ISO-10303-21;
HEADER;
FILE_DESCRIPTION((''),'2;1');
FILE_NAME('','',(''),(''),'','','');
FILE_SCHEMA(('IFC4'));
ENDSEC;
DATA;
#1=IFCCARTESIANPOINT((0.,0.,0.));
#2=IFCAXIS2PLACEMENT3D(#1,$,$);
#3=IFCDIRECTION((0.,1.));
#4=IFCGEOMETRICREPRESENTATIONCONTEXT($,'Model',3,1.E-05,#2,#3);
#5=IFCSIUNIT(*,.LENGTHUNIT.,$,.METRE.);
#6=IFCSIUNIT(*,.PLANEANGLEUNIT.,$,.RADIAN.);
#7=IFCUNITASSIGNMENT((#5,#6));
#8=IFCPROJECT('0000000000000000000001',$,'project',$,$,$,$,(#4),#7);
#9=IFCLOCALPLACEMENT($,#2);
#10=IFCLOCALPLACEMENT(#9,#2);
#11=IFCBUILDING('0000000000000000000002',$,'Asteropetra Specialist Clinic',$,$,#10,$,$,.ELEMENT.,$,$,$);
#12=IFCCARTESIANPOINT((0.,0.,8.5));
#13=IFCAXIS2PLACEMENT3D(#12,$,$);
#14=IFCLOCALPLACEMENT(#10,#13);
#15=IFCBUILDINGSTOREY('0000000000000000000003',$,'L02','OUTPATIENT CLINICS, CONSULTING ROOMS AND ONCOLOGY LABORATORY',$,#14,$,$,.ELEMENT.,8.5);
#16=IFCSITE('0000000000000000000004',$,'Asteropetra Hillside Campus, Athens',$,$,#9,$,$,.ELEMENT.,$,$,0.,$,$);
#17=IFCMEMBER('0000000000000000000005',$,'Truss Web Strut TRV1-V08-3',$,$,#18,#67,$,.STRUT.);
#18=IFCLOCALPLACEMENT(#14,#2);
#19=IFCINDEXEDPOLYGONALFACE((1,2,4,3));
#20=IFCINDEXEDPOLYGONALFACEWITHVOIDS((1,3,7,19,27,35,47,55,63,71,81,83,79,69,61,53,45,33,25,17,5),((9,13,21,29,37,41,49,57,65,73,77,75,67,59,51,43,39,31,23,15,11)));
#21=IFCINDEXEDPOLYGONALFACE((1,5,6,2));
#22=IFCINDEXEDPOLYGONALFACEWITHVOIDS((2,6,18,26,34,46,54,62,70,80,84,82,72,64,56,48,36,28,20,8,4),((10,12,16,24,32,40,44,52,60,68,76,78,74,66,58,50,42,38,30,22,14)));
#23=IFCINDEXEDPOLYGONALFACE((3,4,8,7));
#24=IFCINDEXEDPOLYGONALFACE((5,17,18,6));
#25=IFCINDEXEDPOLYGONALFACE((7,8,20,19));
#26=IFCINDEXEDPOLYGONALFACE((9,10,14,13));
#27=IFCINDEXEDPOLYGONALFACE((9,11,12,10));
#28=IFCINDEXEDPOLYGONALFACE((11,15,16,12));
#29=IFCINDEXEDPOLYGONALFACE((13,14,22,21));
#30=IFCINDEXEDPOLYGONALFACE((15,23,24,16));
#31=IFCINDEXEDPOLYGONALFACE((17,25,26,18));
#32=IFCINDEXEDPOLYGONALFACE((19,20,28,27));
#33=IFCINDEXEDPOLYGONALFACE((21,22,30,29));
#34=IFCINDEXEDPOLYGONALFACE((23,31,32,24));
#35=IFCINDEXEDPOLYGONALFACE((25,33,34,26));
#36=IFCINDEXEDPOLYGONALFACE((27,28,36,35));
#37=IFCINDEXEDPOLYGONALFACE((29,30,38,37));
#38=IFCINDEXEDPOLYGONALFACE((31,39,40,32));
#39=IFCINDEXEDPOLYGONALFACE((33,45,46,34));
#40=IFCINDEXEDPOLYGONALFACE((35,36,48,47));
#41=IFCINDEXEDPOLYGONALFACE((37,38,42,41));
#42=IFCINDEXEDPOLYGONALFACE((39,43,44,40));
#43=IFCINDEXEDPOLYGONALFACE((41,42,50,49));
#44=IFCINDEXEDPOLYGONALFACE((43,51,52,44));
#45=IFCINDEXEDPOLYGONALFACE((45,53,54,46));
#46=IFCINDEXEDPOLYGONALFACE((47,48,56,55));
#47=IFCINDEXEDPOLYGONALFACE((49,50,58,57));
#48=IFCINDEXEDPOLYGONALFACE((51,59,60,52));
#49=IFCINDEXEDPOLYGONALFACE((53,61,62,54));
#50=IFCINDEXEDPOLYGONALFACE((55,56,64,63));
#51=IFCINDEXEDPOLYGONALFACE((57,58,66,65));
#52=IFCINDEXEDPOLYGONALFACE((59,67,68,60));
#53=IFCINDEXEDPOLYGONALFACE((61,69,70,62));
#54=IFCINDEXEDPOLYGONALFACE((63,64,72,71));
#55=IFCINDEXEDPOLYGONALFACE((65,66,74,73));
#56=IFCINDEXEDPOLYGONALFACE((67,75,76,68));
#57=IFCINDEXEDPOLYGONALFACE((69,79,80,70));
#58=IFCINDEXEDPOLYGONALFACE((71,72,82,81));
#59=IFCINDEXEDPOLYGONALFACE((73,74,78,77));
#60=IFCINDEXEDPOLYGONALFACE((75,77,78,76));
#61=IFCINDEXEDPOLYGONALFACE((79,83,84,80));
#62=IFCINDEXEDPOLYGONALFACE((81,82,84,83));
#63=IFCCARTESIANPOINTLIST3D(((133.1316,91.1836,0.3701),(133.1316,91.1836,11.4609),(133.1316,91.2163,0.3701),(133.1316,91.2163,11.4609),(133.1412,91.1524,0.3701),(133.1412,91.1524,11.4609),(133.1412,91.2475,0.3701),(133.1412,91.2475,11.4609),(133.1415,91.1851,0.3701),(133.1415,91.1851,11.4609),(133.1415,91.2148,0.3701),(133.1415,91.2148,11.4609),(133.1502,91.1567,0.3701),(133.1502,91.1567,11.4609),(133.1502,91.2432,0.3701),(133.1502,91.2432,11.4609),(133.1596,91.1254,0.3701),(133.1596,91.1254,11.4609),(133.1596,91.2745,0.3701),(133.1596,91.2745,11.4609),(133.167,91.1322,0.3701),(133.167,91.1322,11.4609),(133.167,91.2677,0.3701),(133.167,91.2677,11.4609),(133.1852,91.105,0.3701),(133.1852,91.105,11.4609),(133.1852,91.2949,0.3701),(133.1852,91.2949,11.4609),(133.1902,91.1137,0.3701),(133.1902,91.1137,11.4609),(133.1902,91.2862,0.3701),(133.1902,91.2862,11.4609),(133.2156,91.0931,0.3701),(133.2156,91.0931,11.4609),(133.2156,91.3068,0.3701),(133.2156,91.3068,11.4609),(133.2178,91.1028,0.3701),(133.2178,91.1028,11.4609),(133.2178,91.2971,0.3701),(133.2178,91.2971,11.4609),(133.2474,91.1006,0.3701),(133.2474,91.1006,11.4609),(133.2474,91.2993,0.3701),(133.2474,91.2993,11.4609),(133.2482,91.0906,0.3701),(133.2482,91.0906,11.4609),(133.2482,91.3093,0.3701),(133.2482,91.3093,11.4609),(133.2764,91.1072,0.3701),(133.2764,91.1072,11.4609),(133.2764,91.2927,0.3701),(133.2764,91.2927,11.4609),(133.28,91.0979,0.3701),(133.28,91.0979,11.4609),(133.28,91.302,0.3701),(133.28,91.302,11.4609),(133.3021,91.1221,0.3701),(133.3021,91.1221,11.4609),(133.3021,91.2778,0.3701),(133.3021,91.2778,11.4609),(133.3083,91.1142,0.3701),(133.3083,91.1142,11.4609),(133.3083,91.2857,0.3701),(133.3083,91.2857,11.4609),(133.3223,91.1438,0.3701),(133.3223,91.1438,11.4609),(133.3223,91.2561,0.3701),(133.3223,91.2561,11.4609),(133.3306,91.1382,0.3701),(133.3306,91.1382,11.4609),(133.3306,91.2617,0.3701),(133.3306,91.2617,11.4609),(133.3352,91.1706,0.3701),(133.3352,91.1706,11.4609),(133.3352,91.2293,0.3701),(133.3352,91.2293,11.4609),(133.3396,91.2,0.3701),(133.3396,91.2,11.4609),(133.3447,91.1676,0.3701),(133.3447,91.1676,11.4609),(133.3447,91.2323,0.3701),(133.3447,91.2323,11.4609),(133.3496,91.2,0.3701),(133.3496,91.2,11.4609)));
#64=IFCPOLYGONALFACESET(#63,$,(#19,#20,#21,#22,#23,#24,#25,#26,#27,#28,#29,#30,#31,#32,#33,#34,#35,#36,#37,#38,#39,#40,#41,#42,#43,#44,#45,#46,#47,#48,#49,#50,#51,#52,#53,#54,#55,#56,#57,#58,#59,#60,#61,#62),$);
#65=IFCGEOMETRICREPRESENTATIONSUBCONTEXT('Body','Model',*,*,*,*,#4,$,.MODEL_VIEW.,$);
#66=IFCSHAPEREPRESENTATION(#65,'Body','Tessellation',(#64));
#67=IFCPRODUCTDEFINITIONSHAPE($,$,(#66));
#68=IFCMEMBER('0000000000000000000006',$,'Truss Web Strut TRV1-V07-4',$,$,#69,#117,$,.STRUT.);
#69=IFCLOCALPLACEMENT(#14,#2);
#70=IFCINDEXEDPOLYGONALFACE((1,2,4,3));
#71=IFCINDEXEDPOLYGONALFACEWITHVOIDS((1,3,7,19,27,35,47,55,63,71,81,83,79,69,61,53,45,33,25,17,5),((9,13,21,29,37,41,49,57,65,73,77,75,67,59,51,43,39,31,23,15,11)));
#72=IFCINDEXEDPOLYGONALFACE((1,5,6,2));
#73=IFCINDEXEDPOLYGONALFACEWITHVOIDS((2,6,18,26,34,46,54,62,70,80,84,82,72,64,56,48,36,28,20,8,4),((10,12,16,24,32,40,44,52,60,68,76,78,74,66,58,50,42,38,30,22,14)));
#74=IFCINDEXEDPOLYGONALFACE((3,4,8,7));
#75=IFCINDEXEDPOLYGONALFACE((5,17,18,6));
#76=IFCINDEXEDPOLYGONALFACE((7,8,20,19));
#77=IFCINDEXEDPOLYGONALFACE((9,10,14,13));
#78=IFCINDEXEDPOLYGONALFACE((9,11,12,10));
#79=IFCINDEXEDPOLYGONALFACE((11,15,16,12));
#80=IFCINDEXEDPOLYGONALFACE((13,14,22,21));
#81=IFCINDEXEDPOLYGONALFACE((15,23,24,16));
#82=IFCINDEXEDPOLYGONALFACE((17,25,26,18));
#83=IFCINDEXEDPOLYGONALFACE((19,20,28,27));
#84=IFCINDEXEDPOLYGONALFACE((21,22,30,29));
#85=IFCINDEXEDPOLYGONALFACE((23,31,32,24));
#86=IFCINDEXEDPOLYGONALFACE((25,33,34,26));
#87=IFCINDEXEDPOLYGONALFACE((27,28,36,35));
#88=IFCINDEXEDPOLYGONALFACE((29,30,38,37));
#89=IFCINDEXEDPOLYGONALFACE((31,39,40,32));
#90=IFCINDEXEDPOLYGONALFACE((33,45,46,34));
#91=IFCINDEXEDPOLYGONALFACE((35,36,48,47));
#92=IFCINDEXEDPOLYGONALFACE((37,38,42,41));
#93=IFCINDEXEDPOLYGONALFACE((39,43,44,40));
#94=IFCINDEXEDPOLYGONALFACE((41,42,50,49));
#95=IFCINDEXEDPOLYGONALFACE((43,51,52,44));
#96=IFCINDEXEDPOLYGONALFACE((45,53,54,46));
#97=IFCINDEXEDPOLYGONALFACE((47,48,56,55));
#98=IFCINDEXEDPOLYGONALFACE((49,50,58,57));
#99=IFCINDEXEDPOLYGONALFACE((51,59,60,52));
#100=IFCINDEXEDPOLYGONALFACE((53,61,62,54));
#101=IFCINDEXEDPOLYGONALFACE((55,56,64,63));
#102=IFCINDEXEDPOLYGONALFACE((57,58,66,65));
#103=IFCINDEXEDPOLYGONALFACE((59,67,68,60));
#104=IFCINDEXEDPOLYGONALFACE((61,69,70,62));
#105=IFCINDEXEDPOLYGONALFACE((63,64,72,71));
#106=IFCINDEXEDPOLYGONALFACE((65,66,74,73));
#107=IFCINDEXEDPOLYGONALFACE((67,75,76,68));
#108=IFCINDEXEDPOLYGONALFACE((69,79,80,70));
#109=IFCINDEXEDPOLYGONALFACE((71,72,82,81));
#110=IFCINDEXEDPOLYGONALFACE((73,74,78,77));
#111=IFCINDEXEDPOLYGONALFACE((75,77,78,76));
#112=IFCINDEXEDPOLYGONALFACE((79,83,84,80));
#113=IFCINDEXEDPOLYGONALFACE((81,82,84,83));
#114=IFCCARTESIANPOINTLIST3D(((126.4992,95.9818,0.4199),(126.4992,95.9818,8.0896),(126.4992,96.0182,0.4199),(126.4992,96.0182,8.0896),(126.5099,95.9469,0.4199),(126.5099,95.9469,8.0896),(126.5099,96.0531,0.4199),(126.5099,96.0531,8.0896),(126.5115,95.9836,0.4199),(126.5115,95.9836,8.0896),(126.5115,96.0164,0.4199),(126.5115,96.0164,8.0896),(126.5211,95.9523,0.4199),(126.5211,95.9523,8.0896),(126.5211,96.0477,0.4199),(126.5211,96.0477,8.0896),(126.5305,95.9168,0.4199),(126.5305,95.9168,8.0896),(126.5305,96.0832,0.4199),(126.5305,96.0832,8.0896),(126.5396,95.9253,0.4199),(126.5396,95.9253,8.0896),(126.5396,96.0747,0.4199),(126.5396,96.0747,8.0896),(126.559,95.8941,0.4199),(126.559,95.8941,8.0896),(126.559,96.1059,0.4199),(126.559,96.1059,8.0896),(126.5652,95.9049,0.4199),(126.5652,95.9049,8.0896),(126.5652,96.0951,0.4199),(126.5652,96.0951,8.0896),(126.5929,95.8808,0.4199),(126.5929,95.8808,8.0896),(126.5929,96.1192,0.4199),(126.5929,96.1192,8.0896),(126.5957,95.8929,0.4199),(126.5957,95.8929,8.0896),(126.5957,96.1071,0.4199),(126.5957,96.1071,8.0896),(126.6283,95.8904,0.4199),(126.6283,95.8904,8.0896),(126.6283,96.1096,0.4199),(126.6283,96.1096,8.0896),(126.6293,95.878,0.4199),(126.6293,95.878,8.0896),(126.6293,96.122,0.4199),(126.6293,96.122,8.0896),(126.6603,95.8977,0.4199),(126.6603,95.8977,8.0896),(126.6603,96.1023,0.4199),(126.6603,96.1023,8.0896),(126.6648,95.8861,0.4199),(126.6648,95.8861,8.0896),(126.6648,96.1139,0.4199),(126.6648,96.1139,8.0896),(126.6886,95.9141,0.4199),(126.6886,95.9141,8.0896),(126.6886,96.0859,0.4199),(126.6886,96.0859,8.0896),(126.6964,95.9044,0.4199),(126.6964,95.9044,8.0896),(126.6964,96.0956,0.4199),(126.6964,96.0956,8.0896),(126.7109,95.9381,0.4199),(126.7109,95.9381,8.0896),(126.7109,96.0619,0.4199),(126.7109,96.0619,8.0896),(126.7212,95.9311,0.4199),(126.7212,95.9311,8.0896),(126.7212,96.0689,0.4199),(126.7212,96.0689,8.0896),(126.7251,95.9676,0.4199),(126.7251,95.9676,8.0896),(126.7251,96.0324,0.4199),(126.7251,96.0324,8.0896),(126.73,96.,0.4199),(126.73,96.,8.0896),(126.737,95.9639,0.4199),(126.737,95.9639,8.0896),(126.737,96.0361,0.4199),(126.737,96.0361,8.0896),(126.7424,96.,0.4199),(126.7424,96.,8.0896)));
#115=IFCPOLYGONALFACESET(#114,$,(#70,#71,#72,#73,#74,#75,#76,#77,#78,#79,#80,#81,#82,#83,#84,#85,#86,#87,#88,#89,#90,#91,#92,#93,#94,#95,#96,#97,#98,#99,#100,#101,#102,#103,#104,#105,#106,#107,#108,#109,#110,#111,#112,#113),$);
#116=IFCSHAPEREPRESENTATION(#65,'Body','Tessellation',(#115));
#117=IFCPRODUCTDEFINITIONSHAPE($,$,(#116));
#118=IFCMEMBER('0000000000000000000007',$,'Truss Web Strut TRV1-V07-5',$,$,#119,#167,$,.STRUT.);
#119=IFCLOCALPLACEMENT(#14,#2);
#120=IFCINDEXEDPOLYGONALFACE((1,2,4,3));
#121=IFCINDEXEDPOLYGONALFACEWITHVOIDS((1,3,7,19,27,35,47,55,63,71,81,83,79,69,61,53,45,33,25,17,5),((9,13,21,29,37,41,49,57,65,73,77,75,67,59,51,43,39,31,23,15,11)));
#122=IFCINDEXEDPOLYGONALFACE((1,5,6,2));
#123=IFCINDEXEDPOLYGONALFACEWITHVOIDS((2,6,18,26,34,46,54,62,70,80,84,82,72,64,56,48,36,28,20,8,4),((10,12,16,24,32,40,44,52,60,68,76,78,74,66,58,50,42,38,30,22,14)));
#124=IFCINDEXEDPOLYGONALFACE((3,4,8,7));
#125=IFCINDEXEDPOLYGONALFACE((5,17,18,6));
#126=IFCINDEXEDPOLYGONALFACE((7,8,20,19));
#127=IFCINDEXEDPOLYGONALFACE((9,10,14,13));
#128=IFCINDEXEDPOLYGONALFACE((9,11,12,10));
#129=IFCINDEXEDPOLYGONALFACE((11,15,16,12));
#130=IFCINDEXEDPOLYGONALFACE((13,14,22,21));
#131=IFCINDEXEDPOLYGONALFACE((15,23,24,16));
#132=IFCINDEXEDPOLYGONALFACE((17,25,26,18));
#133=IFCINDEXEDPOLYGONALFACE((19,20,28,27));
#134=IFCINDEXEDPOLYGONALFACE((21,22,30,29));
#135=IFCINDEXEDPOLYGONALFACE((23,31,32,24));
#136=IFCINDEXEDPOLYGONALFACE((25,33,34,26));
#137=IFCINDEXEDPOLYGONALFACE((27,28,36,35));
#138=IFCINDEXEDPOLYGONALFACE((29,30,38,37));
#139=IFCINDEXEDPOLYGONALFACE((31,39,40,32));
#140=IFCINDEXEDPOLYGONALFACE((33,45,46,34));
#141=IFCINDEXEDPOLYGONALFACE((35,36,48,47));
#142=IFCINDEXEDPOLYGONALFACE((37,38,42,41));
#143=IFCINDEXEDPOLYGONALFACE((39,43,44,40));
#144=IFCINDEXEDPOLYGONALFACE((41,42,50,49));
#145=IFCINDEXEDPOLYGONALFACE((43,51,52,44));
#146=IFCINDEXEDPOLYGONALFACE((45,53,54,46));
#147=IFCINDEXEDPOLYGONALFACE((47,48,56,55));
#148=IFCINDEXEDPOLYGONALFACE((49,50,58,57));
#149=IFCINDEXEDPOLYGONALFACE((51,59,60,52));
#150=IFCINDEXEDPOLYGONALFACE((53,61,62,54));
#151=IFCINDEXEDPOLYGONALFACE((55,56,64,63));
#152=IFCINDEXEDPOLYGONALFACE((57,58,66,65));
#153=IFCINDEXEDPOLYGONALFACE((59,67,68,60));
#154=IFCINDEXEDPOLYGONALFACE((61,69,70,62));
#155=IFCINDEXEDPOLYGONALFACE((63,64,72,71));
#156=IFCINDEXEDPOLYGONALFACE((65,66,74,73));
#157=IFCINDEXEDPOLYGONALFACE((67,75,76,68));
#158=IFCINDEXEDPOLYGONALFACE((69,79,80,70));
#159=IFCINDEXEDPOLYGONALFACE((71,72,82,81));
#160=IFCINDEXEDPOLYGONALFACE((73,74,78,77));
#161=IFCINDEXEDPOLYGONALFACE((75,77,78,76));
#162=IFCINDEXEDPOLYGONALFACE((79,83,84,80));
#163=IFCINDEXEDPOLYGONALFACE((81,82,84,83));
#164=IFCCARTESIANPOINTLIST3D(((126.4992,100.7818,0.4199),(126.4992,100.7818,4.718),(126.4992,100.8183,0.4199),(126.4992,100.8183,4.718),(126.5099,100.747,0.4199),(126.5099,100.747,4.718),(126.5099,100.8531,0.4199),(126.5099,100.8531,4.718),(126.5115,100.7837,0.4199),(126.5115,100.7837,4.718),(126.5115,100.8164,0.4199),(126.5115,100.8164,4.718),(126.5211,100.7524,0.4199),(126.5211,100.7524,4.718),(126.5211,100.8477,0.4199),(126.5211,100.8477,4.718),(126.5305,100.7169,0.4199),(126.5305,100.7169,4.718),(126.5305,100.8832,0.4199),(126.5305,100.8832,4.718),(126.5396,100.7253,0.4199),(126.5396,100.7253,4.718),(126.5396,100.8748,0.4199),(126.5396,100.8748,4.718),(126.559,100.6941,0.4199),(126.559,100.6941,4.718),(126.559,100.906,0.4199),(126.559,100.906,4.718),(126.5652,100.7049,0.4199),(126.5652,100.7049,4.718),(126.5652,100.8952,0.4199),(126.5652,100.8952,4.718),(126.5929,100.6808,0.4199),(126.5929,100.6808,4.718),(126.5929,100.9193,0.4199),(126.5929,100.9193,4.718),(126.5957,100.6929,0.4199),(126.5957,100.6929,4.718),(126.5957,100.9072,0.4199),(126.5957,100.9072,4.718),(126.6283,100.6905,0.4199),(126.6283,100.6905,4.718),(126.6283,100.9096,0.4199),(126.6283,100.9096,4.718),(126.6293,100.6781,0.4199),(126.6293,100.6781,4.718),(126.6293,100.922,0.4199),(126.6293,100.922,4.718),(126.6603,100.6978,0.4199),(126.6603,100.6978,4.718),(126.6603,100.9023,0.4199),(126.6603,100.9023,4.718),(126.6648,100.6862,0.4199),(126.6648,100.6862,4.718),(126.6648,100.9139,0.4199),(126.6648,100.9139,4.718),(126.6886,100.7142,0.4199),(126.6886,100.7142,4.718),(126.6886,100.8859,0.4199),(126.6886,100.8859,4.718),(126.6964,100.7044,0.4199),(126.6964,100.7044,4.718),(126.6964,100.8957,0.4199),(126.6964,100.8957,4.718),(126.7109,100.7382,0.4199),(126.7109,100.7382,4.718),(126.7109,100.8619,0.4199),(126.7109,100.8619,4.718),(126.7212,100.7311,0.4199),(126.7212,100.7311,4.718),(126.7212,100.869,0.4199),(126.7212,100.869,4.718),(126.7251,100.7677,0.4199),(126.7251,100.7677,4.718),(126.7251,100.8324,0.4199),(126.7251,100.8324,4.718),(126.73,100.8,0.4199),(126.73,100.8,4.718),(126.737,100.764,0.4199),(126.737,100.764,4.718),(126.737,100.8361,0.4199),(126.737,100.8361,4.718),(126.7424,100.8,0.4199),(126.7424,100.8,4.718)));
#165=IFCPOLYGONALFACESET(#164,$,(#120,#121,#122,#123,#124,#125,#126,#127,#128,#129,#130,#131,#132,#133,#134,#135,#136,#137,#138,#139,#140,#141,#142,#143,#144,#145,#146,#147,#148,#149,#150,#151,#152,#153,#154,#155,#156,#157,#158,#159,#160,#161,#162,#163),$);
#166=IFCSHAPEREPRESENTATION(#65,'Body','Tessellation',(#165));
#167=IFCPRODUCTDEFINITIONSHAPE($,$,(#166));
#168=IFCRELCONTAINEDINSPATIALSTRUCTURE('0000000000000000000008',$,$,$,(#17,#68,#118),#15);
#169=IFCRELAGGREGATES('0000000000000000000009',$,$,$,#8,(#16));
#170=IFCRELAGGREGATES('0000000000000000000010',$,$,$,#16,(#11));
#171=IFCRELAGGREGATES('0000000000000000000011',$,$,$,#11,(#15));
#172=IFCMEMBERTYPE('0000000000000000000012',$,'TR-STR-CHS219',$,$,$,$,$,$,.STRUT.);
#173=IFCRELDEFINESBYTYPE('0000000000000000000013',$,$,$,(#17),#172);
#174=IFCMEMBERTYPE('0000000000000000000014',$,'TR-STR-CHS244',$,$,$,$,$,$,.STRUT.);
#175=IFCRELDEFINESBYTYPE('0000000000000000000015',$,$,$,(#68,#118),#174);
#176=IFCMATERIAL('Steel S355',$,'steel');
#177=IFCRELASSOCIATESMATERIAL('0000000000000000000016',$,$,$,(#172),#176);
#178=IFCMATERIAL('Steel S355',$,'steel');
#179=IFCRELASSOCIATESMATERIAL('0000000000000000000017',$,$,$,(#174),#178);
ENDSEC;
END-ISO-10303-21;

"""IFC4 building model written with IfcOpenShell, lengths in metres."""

from ifc_helpers import new_model, si_unit, direction, frame, origin, origin_2d, place, context, subcontext, project, spatial, hollow_circle, extrude, material, material_profile, profile_set, type_object, element, save


model = new_model("IFC4")

# Units and contexts
model_context = context("Model", 3, precision=1e-05, world=origin(), true_north=direction((0.0, 1.0)))
body_context = subcontext(model_context, "Body", "Model", "MODEL_VIEW")
ifc_project = project(units=[si_unit("LENGTHUNIT", "METRE"), si_unit("PLANEANGLEUNIT", "RADIAN")], contexts=[model_context])

# Site, building, storey
site_placement = place(None, origin())
site = spatial("IfcSite", under=ifc_project, at=site_placement, Name="Asteropetra Hillside Campus, Athens", CompositionType="ELEMENT", RefElevation=0.0)
building_placement = place(site_placement, origin())
building = spatial("IfcBuilding", under=site, at=building_placement, Name="Asteropetra Specialist Clinic", CompositionType="ELEMENT")
storey_placement = place(building_placement, frame((0.0, 0.0, 8.5)))
storey = spatial("IfcBuildingStorey", under=building, at=storey_placement, Name="L02", Description="OUTPATIENT CLINICS, CONSULTING ROOMS AND ONCOLOGY LABORATORY", CompositionType="ELEMENT", Elevation=8.5)

# Members
ifc_material_1 = material(Name="Steel S355", Category="steel")
ifc_material_profile_1 = material_profile(ifc_material_1, hollow_circle(Radius=0.1096, WallThickness=0.01, at=origin_2d()), Name="CHS 219.1x10.0")
ifc_profile_set_1 = profile_set([ifc_material_profile_1], Name="Steel S355")
member_type_1 = type_object("IfcMemberType", Name="TR-STR-CHS219", PredefinedType="STRUT", material=ifc_profile_set_1)
member_1_placement = place(storey_placement, frame((133.24, 91.2, 0.3701), z_axis=(0.0, 0.0, 1.0), x_axis=(1.0, 0.0, 0.0)))
element("IfcMember", 1, at=member_1_placement, inside=storey, type_object=member_type_1, Name="Truss Web Strut TRV1-V08-3", PredefinedType="STRUT", context=body_context, shape_type="SweptSolid", body=[
    extrude(hollow_circle(Radius=0.1096, WallThickness=0.01, at=origin_2d()), origin(), (0.0, 0.0, 1.0), 11.0908),
])
ifc_material_2 = material(Name="Steel S355", Category="steel")
ifc_material_profile_2 = material_profile(ifc_material_2, hollow_circle(Radius=0.1223, WallThickness=0.0125, at=origin_2d()), Name="CHS 244.5x12.5")
ifc_profile_set_2 = profile_set([ifc_material_profile_2], Name="Steel S355")
member_type_2 = type_object("IfcMemberType", Name="TR-STR-CHS244", PredefinedType="STRUT", material=ifc_profile_set_2)
member_2_placement = place(storey_placement, frame((126.6201, 96.0, 0.4199), z_axis=(0.0, 0.0, 1.0), x_axis=(1.0, 0.0, 0.0)))
element("IfcMember", 2, at=member_2_placement, inside=storey, type_object=member_type_2, Name="Truss Web Strut TRV1-V07-4", PredefinedType="STRUT", context=body_context, shape_type="SweptSolid", body=[
    extrude(hollow_circle(Radius=0.1223, WallThickness=0.0125, at=origin_2d()), origin(), (0.0, 0.0, 1.0), 7.6697),
])
member_3_placement = place(storey_placement, frame((126.6201, 100.8, 0.4199), z_axis=(0.0, 0.0, 1.0), x_axis=(1.0, 0.0, 0.0)))
element("IfcMember", 3, at=member_3_placement, inside=storey, type_object=member_type_2, Name="Truss Web Strut TRV1-V07-5", PredefinedType="STRUT", context=body_context, shape_type="SweptSolid", body=[
    extrude(hollow_circle(Radius=0.1223, WallThickness=0.0125, at=origin_2d()), origin(), (0.0, 0.0, 1.0), 4.2981),
])

save(model, "model.ifc")
